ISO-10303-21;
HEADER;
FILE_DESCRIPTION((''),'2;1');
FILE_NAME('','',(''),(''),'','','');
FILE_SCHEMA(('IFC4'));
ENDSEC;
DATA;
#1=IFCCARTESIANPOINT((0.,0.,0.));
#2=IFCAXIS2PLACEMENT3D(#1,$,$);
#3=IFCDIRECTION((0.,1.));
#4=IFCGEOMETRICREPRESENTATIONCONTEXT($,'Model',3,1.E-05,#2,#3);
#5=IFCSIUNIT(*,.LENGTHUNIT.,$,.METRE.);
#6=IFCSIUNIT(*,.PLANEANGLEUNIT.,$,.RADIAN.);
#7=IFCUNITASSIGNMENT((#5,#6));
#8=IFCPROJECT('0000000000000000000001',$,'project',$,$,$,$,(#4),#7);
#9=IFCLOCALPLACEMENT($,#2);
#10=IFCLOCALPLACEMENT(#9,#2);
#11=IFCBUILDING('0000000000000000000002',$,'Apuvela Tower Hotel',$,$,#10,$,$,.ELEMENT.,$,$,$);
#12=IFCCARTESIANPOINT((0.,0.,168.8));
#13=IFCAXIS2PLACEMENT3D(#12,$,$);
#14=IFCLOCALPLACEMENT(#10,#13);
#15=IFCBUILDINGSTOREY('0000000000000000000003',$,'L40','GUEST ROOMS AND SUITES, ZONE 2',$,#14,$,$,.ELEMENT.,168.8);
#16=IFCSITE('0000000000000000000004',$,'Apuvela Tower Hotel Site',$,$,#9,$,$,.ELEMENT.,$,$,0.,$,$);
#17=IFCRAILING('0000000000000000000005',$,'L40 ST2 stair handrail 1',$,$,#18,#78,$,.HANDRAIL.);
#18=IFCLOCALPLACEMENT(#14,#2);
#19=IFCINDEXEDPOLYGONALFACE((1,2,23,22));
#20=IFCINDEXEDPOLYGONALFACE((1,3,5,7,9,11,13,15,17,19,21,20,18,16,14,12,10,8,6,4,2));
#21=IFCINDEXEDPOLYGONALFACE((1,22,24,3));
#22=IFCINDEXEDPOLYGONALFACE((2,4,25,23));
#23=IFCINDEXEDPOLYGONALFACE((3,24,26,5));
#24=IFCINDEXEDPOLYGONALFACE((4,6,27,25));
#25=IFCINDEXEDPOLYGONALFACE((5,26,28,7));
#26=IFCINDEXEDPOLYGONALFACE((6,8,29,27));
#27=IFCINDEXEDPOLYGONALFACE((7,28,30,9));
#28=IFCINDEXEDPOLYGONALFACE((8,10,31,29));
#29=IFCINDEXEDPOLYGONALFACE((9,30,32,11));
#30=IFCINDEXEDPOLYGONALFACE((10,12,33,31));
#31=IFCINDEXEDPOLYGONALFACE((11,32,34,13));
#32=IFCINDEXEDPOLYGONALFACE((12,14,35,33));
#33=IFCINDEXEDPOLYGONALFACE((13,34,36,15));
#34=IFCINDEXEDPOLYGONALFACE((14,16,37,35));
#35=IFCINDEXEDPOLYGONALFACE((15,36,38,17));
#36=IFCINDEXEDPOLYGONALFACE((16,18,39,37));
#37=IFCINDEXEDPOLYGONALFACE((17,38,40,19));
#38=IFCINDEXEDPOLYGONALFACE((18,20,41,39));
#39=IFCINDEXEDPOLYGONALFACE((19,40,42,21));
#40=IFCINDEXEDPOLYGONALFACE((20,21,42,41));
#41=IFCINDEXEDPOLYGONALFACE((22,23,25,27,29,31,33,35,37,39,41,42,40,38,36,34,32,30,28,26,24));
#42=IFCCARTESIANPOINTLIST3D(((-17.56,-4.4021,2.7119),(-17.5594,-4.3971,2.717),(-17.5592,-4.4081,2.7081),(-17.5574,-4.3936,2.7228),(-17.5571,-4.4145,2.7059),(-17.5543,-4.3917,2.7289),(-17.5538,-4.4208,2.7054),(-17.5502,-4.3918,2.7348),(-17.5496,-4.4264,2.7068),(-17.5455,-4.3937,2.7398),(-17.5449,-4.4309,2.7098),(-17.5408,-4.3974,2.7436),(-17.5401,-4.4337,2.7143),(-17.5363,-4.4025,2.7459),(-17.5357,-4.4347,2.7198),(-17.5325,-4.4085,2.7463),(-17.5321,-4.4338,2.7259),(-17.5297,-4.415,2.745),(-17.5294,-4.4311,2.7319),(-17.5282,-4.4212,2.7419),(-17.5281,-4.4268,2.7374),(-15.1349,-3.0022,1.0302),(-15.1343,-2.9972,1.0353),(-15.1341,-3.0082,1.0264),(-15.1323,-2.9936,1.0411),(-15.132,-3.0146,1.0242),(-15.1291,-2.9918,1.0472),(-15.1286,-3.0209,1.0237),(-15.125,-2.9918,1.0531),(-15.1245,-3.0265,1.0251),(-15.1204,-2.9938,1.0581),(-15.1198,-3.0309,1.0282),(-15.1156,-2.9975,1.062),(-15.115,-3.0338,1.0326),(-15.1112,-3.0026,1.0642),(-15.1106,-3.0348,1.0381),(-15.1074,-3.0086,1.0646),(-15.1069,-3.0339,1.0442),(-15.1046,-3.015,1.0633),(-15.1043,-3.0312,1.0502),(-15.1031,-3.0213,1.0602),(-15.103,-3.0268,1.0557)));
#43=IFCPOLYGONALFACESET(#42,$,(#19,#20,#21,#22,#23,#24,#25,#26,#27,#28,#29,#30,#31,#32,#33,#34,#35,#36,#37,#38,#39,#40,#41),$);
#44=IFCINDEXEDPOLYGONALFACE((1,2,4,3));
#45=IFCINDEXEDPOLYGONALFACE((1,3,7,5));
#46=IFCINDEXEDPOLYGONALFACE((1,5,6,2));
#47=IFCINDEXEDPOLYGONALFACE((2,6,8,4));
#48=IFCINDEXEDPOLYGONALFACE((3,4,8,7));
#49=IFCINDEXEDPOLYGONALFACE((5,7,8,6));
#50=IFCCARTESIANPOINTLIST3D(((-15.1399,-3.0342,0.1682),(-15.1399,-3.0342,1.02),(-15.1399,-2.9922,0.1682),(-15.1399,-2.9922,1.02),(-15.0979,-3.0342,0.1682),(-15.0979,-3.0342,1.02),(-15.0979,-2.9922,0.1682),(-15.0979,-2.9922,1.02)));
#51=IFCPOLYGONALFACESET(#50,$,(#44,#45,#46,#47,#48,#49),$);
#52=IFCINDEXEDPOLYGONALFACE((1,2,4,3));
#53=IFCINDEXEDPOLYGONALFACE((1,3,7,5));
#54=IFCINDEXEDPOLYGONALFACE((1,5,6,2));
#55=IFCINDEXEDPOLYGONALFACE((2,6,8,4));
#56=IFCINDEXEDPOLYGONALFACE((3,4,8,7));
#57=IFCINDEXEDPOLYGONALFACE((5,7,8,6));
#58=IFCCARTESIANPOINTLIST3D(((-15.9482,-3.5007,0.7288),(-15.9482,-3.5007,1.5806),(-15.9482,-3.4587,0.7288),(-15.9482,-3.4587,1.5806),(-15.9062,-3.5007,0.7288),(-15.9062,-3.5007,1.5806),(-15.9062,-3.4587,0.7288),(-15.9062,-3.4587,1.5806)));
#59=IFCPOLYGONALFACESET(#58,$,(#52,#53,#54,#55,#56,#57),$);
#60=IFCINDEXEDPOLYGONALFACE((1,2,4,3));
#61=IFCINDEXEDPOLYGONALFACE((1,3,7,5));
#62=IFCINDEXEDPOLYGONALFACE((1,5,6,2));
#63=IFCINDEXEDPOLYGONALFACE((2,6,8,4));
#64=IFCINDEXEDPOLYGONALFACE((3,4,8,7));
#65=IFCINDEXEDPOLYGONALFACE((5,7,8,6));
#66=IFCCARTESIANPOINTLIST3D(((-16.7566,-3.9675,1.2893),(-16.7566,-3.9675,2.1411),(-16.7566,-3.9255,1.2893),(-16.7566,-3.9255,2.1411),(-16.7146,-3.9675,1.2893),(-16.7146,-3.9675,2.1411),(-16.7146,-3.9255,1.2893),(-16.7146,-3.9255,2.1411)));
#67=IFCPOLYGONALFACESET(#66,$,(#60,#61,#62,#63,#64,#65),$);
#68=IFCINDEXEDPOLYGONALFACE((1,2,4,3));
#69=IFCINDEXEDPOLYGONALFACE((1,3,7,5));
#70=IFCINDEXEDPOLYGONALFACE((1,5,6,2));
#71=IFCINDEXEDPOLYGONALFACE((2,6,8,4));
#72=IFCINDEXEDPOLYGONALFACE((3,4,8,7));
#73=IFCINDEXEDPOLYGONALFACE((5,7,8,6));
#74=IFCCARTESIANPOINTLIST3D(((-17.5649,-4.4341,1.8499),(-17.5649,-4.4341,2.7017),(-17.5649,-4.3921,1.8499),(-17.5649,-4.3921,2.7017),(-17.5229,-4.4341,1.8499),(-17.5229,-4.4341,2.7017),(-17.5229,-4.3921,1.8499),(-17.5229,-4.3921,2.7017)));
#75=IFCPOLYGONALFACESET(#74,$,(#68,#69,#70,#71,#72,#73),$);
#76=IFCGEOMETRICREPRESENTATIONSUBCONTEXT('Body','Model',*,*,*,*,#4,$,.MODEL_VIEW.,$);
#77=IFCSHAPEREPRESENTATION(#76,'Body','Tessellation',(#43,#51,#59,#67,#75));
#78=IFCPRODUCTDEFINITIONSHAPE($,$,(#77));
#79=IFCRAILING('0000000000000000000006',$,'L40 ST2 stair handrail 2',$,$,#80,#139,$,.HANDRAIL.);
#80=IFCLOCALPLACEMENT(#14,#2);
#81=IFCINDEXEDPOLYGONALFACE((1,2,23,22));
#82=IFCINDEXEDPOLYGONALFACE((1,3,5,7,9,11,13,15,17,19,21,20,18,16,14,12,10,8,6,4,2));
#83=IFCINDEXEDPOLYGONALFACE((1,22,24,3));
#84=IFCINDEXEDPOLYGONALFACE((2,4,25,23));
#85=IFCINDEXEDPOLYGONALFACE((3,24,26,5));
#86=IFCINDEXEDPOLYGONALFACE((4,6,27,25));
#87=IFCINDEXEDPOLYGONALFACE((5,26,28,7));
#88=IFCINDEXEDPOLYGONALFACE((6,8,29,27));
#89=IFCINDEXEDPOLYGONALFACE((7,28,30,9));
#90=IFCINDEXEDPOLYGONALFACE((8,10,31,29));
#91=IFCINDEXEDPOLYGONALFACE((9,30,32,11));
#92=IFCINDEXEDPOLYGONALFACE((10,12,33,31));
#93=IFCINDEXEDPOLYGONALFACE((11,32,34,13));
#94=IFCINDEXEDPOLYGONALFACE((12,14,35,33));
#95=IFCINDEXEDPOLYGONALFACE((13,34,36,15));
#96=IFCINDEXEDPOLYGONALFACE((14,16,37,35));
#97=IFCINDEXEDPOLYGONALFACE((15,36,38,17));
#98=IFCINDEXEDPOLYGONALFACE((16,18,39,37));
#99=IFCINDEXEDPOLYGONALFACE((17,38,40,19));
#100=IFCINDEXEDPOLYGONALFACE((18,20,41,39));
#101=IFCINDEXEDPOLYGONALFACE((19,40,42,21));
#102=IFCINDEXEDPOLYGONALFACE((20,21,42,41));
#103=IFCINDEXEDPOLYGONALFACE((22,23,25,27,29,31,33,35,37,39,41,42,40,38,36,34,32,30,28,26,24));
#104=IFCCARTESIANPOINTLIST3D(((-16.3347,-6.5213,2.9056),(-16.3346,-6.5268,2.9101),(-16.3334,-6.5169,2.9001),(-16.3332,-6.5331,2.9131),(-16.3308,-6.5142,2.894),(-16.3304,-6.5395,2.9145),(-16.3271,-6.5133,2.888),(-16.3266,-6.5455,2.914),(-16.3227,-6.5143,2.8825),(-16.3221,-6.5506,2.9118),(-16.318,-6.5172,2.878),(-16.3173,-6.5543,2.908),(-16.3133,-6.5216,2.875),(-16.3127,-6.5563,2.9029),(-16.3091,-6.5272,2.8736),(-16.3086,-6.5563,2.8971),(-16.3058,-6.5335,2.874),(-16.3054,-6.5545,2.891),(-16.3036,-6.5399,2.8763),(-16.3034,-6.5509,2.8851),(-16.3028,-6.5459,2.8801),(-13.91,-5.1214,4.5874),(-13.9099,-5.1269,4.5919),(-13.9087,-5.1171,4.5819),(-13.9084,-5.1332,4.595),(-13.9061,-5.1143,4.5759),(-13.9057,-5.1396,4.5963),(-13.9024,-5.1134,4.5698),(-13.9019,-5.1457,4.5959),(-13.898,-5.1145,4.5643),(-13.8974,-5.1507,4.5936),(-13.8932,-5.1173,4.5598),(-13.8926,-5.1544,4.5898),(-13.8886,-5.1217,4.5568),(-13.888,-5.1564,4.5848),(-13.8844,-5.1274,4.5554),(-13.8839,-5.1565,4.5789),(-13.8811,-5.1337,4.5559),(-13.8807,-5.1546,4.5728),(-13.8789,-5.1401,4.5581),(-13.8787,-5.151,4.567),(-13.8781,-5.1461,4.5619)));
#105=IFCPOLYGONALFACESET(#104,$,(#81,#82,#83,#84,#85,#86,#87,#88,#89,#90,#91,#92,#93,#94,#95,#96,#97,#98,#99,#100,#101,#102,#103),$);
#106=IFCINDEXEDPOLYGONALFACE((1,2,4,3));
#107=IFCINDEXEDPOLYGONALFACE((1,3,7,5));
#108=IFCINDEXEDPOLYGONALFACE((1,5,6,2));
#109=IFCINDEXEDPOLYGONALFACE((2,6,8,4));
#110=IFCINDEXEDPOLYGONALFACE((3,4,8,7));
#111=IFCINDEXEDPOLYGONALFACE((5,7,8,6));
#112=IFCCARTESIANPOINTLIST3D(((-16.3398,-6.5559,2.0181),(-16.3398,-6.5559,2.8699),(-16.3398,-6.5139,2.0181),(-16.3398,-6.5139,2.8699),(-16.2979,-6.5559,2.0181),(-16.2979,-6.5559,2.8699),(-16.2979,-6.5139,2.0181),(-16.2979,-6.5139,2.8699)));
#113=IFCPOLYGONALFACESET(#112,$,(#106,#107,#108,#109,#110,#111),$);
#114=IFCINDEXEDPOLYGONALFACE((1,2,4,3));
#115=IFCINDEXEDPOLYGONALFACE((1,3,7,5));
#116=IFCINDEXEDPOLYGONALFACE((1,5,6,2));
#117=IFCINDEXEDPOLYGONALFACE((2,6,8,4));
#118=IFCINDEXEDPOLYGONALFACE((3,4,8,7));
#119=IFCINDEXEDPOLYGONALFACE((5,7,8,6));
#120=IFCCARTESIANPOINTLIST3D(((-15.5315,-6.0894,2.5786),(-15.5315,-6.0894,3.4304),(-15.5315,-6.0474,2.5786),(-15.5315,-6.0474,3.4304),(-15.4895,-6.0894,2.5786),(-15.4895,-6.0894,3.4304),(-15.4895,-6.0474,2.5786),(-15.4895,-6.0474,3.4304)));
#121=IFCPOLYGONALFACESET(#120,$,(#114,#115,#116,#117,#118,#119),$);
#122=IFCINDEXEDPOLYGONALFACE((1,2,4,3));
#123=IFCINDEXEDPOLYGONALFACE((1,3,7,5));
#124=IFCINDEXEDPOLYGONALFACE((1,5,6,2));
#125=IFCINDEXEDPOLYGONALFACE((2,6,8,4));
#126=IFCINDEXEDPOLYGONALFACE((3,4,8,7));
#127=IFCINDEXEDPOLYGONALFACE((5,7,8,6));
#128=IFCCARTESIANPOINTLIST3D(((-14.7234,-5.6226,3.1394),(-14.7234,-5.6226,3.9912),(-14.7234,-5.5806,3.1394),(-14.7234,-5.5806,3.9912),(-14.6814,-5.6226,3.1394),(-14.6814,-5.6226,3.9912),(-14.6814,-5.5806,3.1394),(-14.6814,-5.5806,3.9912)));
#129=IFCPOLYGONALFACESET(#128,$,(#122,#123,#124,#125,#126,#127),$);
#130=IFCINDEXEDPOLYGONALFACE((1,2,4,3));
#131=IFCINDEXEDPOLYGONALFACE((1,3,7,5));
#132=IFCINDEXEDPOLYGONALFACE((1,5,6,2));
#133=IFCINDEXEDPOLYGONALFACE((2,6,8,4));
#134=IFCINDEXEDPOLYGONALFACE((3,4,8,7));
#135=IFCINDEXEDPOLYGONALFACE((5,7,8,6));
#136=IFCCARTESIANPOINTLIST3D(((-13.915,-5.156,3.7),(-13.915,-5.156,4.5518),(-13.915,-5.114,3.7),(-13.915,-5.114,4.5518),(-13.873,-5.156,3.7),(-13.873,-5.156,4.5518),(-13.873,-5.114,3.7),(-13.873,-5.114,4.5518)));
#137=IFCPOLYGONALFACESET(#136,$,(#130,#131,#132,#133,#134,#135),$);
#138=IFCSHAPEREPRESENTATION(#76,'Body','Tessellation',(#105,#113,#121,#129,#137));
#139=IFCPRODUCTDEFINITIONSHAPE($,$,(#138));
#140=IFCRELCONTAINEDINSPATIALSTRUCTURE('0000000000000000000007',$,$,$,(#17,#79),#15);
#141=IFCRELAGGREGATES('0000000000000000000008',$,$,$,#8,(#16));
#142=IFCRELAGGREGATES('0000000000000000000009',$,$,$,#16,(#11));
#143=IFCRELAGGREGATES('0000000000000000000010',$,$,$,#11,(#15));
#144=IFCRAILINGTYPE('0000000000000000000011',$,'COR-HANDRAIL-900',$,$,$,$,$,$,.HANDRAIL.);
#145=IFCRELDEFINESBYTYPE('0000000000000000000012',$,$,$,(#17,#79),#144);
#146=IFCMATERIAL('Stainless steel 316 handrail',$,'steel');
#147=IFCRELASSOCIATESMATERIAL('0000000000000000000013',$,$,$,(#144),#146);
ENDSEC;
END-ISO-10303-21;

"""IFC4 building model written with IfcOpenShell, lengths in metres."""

from ifc_helpers import new_model, si_unit, direction, frame, origin, origin_2d, place, context, subcontext, project, spatial, rectangle, circle, extrude, material, type_object, element, save


model = new_model("IFC4")

# Units and contexts
model_context = context("Model", 3, precision=1e-05, world=origin(), true_north=direction((0.0, 1.0)))
body_context = subcontext(model_context, "Body", "Model", "MODEL_VIEW")
ifc_project = project(units=[si_unit("LENGTHUNIT", "METRE"), si_unit("PLANEANGLEUNIT", "RADIAN")], contexts=[model_context])

# Site, building, storey
site_placement = place(None, origin())
site = spatial("IfcSite", under=ifc_project, at=site_placement, Name="Apuvela Tower Hotel Site", CompositionType="ELEMENT", RefElevation=0.0)
building_placement = place(site_placement, origin())
building = spatial("IfcBuilding", under=site, at=building_placement, Name="Apuvela Tower Hotel", CompositionType="ELEMENT")
storey_placement = place(building_placement, frame((0.0, 0.0, 168.8)))
storey = spatial("IfcBuildingStorey", under=building, at=storey_placement, Name="L40", Description="GUEST ROOMS AND SUITES, ZONE 2", CompositionType="ELEMENT", Elevation=168.8)

# Railings
ifc_material_1 = material(Name="Stainless steel 316 handrail", Category="steel")
railing_type_1 = type_object("IfcRailingType", Name="COR-HANDRAIL-900", PredefinedType="HANDRAIL", material=ifc_material_1)
railing_1_placement = place(storey_placement, frame((-15.1189, -3.0132, 0.1682)))
element("IfcRailing", 1, at=railing_1_placement, inside=storey, type_object=railing_type_1, Name="L40 ST2 stair handrail 1", PredefinedType="HANDRAIL", context=body_context, shape_type="SweptSolid", body=[
    extrude(circle(Radius=0.0239, at=origin_2d()), frame((0.0, 0.0, 0.876), z_axis=(-0.742453, -0.428594, 0.514851), x_axis=(0.499946, -0.866056, 0.0)), (0.0, 0.0, 1.0), 3.2664),
    extrude(rectangle(XDim=0.042, YDim=0.042, at=origin_2d()), origin(), (0.0, 0.0, 1.0), 0.8518),
    extrude(rectangle(XDim=0.042, YDim=0.042, at=origin_2d()), frame((-0.8083, -0.4666, 0.5605)), (0.0, 0.0, 1.0), 0.8518),
    extrude(rectangle(XDim=0.042, YDim=0.042, at=origin_2d()), frame((-1.6167, -0.9333, 1.1211)), (0.0, 0.0, 1.0), 0.8518),
    extrude(rectangle(XDim=0.042, YDim=0.042, at=origin_2d()), frame((-2.425, -1.3999, 1.6816)), (0.0, 0.0, 1.0), 0.8518),
])
railing_2_placement = place(storey_placement, frame((-16.3188, -6.5349, 2.0181)))
element("IfcRailing", 2, at=railing_2_placement, inside=storey, type_object=railing_type_1, Name="L40 ST2 stair handrail 2", PredefinedType="HANDRAIL", context=body_context, shape_type="SweptSolid", body=[
    extrude(circle(Radius=0.0239, at=origin_2d()), frame((0.0, 0.0, 0.876), z_axis=(0.74239, 0.428601, 0.514934), x_axis=(-0.499984, 0.866035, 0.0)), (0.0, 0.0, 1.0), 3.2661),
    extrude(rectangle(XDim=0.042, YDim=0.042, at=origin_2d()), origin(), (0.0, 0.0, 1.0), 0.8518),
    extrude(rectangle(XDim=0.042, YDim=0.042, at=origin_2d()), frame((0.8083, 0.4666, 0.5605)), (0.0, 0.0, 1.0), 0.8518),
    extrude(rectangle(XDim=0.042, YDim=0.042, at=origin_2d()), frame((1.6165, 0.9333, 1.1213)), (0.0, 0.0, 1.0), 0.8518),
    extrude(rectangle(XDim=0.042, YDim=0.042, at=origin_2d()), frame((2.4248, 1.3999, 1.6819)), (0.0, 0.0, 1.0), 0.8518),
])

save(model, "model.ifc")
